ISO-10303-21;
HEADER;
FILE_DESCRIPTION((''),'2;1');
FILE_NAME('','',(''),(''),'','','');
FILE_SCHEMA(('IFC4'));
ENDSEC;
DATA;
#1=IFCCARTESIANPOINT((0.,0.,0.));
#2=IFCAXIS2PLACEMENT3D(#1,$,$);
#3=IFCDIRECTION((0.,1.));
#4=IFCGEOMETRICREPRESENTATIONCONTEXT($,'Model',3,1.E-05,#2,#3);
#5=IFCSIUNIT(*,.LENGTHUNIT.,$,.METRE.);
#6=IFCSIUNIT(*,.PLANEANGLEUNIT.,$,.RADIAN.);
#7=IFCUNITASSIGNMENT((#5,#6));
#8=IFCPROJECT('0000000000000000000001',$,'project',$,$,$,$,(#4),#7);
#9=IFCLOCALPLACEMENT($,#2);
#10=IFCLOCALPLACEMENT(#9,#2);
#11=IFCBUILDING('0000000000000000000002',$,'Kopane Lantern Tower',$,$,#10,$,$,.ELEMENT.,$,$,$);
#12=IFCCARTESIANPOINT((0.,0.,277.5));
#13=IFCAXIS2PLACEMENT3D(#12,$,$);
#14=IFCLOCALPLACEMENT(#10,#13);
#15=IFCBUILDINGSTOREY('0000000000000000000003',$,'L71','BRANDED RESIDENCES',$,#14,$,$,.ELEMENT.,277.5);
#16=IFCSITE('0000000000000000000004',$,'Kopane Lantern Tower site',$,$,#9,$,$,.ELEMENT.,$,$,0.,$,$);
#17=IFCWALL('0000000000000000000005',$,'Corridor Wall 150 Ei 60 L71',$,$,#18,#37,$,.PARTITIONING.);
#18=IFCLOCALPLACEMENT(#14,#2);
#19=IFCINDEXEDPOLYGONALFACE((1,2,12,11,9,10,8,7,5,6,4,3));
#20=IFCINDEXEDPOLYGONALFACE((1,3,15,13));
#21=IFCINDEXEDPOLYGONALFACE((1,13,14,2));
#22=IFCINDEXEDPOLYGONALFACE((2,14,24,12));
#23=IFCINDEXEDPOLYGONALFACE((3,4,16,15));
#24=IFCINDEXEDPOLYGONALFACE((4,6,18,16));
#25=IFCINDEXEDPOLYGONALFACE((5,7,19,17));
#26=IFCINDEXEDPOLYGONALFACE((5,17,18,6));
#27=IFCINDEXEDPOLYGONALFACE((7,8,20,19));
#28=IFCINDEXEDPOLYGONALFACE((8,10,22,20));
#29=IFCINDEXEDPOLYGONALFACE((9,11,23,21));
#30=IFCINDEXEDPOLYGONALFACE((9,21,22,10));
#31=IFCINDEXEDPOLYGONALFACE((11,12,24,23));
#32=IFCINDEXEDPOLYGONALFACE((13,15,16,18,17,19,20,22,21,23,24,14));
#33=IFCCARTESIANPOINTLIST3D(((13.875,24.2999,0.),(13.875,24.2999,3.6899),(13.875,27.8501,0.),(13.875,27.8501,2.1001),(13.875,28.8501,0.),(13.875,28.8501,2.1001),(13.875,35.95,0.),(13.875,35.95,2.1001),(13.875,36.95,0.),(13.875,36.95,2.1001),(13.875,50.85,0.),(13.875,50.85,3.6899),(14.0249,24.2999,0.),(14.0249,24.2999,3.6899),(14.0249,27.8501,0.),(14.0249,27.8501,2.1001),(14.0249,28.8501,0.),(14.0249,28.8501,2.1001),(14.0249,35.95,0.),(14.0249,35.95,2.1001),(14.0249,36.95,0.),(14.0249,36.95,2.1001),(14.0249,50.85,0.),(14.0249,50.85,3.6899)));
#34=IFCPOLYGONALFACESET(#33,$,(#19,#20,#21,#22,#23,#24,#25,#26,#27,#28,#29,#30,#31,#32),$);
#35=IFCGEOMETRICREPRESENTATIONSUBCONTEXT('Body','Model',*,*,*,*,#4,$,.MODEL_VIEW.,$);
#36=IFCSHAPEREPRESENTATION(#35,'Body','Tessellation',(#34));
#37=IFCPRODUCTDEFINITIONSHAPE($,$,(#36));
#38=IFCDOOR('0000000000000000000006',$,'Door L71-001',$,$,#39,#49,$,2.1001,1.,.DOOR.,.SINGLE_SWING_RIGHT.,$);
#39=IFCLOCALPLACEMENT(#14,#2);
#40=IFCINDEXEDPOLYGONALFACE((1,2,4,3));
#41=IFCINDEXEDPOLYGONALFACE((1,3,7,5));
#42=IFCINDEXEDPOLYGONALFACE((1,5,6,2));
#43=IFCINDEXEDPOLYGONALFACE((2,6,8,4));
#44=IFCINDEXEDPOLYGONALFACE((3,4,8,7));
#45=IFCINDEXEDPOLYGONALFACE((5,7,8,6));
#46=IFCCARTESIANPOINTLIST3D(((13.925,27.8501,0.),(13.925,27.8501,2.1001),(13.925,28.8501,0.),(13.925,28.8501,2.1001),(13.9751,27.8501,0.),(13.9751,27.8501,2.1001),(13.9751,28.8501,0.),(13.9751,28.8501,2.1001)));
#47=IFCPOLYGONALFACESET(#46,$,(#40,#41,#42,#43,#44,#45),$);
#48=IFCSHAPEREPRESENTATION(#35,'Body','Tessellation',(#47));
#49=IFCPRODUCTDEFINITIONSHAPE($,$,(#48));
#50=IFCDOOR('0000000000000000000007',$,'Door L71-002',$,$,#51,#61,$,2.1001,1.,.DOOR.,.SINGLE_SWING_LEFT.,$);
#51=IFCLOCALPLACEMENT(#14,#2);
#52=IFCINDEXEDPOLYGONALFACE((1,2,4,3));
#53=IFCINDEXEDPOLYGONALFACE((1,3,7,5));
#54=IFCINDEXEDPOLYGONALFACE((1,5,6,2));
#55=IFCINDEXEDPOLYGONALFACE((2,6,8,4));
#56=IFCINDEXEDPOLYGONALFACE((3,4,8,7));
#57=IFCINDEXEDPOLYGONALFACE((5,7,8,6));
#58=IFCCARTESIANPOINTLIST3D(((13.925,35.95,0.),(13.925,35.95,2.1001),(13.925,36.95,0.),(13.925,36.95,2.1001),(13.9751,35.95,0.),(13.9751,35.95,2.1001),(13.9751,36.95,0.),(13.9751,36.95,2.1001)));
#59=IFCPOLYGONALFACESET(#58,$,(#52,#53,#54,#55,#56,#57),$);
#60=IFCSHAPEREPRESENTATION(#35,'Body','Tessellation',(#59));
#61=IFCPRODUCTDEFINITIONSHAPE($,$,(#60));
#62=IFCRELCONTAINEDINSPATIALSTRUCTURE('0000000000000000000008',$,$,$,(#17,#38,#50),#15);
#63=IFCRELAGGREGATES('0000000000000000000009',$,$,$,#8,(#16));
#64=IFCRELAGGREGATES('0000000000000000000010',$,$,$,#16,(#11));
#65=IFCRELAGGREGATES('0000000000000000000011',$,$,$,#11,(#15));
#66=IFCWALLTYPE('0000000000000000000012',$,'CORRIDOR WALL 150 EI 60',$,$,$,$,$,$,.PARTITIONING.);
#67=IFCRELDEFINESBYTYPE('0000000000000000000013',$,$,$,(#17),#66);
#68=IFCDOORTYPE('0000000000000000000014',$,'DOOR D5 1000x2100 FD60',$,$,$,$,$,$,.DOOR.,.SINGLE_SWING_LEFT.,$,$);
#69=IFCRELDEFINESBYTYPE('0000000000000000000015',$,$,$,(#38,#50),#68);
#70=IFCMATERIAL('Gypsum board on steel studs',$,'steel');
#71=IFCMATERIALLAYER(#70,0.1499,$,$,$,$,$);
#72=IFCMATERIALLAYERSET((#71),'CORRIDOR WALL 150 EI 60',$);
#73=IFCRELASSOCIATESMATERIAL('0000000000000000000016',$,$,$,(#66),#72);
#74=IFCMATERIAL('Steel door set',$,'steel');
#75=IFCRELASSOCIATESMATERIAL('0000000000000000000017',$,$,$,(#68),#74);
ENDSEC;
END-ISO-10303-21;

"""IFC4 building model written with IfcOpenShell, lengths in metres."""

from ifc_helpers import new_model, si_unit, direction, frame, frame_2d, origin, place, context, subcontext, project, spatial, rectangle, extrude, material, layer, layer_set, type_object, element, fill, save


model = new_model("IFC4")

# Units and contexts
model_context = context("Model", 3, precision=1e-05, world=origin(), true_north=direction((0.0, 1.0)))
body_context = subcontext(model_context, "Body", "Model", "MODEL_VIEW")
ifc_project = project(units=[si_unit("LENGTHUNIT", "METRE"), si_unit("PLANEANGLEUNIT", "RADIAN")], contexts=[model_context])

# Site, building, storey
site_placement = place(None, origin())
site = spatial("IfcSite", under=ifc_project, at=site_placement, Name="Kopane Lantern Tower site", CompositionType="ELEMENT", RefElevation=0.0)
building_placement = place(site_placement, origin())
building = spatial("IfcBuilding", under=site, at=building_placement, Name="Kopane Lantern Tower", CompositionType="ELEMENT")
storey_placement = place(building_placement, frame((0.0, 0.0, 277.5)))
storey = spatial("IfcBuildingStorey", under=building, at=storey_placement, Name="L71", Description="BRANDED RESIDENCES", CompositionType="ELEMENT", Elevation=277.5)

# Wall, openings, doors
ifc_material_1 = material(Name="Gypsum board on steel studs", Category="steel")
ifc_layer_1 = layer(ifc_material_1, 0.1499)
ifc_layer_set_1 = layer_set([ifc_layer_1], Name="CORRIDOR WALL 150 EI 60")
wall_type_1 = type_object("IfcWallType", Name="CORRIDOR WALL 150 EI 60", PredefinedType="PARTITIONING", material=ifc_layer_set_1)
wall_1_placement = place(storey_placement, frame((13.95, 24.3, 0.0), z_axis=(0.0, 0.0, 1.0), x_axis=(0.0, 1.0, 0.0)))
wall_1 = element("IfcWall", 1, at=wall_1_placement, inside=storey, type_object=wall_type_1, Name="Corridor Wall 150 Ei 60 L71", PredefinedType="PARTITIONING", context=body_context, shape_type="SweptSolid", body=[
    extrude(rectangle(XDim=26.55, YDim=0.1499, at=frame_2d((13.2749, 0.0))), origin(), (0.0, 0.0, 1.0), 3.6899),
])
opening_1_placement = place(wall_1_placement, frame((3.55, 0.0, 0.0)))
opening_1 = element("IfcOpeningElement", 2, at=opening_1_placement, cuts=wall_1, PredefinedType="OPENING", context=body_context, shape_type="SweptSolid", body=[
    extrude(rectangle(XDim=1.0, YDim=2.1001, at=frame_2d((0.5, 1.05))), frame((0.0, 0.085, 0.0), z_axis=(0.0, -1.0, 0.0), x_axis=(1.0, 0.0, 0.0)), (0.0, 0.0, 1.0), 0.1699),
])
opening_2_placement = place(wall_1_placement, frame((11.6499, 0.0, 0.0)))
opening_2 = element("IfcOpeningElement", 3, at=opening_2_placement, cuts=wall_1, PredefinedType="OPENING", context=body_context, shape_type="SweptSolid", body=[
    extrude(rectangle(XDim=1.0, YDim=2.1001, at=frame_2d((0.5, 1.05))), frame((0.0, 0.085, 0.0), z_axis=(0.0, -1.0, 0.0), x_axis=(1.0, 0.0, 0.0)), (0.0, 0.0, 1.0), 0.1699),
])
ifc_material_2 = material(Name="Steel door set", Category="steel")
door_type_1 = type_object("IfcDoorType", Name="DOOR D5 1000x2100 FD60", OperationType="SINGLE_SWING_LEFT", PredefinedType="DOOR", material=ifc_material_2)
door_1_placement = place(opening_1_placement, origin())
door_1 = element("IfcDoor", 4, at=door_1_placement, inside=storey, type_object=door_type_1, Name="Door L71-001", OperationType="SINGLE_SWING_RIGHT", OverallHeight=2.1001, OverallWidth=1.0, PredefinedType="DOOR", context=body_context, shape_type="SweptSolid", body=[
    extrude(rectangle(XDim=1.0, YDim=2.1001, at=frame_2d((0.5, 1.05))), frame((0.0, 0.0249, 0.0), z_axis=(0.0, -1.0, 0.0), x_axis=(1.0, 0.0, 0.0)), (0.0, 0.0, 1.0), 0.05),
])
fill(opening_1, door_1)
door_2_placement = place(opening_2_placement, origin())
door_2 = element("IfcDoor", 5, at=door_2_placement, inside=storey, type_object=door_type_1, Name="Door L71-002", OperationType="SINGLE_SWING_LEFT", OverallHeight=2.1001, OverallWidth=1.0, PredefinedType="DOOR", context=body_context, shape_type="SweptSolid", body=[
    extrude(rectangle(XDim=1.0, YDim=2.1001, at=frame_2d((0.5, 1.05))), frame((0.0, 0.0249, 0.0), z_axis=(0.0, -1.0, 0.0), x_axis=(1.0, 0.0, 0.0)), (0.0, 0.0, 1.0), 0.05),
])
fill(opening_2, door_2)

save(model, "model.ifc")
